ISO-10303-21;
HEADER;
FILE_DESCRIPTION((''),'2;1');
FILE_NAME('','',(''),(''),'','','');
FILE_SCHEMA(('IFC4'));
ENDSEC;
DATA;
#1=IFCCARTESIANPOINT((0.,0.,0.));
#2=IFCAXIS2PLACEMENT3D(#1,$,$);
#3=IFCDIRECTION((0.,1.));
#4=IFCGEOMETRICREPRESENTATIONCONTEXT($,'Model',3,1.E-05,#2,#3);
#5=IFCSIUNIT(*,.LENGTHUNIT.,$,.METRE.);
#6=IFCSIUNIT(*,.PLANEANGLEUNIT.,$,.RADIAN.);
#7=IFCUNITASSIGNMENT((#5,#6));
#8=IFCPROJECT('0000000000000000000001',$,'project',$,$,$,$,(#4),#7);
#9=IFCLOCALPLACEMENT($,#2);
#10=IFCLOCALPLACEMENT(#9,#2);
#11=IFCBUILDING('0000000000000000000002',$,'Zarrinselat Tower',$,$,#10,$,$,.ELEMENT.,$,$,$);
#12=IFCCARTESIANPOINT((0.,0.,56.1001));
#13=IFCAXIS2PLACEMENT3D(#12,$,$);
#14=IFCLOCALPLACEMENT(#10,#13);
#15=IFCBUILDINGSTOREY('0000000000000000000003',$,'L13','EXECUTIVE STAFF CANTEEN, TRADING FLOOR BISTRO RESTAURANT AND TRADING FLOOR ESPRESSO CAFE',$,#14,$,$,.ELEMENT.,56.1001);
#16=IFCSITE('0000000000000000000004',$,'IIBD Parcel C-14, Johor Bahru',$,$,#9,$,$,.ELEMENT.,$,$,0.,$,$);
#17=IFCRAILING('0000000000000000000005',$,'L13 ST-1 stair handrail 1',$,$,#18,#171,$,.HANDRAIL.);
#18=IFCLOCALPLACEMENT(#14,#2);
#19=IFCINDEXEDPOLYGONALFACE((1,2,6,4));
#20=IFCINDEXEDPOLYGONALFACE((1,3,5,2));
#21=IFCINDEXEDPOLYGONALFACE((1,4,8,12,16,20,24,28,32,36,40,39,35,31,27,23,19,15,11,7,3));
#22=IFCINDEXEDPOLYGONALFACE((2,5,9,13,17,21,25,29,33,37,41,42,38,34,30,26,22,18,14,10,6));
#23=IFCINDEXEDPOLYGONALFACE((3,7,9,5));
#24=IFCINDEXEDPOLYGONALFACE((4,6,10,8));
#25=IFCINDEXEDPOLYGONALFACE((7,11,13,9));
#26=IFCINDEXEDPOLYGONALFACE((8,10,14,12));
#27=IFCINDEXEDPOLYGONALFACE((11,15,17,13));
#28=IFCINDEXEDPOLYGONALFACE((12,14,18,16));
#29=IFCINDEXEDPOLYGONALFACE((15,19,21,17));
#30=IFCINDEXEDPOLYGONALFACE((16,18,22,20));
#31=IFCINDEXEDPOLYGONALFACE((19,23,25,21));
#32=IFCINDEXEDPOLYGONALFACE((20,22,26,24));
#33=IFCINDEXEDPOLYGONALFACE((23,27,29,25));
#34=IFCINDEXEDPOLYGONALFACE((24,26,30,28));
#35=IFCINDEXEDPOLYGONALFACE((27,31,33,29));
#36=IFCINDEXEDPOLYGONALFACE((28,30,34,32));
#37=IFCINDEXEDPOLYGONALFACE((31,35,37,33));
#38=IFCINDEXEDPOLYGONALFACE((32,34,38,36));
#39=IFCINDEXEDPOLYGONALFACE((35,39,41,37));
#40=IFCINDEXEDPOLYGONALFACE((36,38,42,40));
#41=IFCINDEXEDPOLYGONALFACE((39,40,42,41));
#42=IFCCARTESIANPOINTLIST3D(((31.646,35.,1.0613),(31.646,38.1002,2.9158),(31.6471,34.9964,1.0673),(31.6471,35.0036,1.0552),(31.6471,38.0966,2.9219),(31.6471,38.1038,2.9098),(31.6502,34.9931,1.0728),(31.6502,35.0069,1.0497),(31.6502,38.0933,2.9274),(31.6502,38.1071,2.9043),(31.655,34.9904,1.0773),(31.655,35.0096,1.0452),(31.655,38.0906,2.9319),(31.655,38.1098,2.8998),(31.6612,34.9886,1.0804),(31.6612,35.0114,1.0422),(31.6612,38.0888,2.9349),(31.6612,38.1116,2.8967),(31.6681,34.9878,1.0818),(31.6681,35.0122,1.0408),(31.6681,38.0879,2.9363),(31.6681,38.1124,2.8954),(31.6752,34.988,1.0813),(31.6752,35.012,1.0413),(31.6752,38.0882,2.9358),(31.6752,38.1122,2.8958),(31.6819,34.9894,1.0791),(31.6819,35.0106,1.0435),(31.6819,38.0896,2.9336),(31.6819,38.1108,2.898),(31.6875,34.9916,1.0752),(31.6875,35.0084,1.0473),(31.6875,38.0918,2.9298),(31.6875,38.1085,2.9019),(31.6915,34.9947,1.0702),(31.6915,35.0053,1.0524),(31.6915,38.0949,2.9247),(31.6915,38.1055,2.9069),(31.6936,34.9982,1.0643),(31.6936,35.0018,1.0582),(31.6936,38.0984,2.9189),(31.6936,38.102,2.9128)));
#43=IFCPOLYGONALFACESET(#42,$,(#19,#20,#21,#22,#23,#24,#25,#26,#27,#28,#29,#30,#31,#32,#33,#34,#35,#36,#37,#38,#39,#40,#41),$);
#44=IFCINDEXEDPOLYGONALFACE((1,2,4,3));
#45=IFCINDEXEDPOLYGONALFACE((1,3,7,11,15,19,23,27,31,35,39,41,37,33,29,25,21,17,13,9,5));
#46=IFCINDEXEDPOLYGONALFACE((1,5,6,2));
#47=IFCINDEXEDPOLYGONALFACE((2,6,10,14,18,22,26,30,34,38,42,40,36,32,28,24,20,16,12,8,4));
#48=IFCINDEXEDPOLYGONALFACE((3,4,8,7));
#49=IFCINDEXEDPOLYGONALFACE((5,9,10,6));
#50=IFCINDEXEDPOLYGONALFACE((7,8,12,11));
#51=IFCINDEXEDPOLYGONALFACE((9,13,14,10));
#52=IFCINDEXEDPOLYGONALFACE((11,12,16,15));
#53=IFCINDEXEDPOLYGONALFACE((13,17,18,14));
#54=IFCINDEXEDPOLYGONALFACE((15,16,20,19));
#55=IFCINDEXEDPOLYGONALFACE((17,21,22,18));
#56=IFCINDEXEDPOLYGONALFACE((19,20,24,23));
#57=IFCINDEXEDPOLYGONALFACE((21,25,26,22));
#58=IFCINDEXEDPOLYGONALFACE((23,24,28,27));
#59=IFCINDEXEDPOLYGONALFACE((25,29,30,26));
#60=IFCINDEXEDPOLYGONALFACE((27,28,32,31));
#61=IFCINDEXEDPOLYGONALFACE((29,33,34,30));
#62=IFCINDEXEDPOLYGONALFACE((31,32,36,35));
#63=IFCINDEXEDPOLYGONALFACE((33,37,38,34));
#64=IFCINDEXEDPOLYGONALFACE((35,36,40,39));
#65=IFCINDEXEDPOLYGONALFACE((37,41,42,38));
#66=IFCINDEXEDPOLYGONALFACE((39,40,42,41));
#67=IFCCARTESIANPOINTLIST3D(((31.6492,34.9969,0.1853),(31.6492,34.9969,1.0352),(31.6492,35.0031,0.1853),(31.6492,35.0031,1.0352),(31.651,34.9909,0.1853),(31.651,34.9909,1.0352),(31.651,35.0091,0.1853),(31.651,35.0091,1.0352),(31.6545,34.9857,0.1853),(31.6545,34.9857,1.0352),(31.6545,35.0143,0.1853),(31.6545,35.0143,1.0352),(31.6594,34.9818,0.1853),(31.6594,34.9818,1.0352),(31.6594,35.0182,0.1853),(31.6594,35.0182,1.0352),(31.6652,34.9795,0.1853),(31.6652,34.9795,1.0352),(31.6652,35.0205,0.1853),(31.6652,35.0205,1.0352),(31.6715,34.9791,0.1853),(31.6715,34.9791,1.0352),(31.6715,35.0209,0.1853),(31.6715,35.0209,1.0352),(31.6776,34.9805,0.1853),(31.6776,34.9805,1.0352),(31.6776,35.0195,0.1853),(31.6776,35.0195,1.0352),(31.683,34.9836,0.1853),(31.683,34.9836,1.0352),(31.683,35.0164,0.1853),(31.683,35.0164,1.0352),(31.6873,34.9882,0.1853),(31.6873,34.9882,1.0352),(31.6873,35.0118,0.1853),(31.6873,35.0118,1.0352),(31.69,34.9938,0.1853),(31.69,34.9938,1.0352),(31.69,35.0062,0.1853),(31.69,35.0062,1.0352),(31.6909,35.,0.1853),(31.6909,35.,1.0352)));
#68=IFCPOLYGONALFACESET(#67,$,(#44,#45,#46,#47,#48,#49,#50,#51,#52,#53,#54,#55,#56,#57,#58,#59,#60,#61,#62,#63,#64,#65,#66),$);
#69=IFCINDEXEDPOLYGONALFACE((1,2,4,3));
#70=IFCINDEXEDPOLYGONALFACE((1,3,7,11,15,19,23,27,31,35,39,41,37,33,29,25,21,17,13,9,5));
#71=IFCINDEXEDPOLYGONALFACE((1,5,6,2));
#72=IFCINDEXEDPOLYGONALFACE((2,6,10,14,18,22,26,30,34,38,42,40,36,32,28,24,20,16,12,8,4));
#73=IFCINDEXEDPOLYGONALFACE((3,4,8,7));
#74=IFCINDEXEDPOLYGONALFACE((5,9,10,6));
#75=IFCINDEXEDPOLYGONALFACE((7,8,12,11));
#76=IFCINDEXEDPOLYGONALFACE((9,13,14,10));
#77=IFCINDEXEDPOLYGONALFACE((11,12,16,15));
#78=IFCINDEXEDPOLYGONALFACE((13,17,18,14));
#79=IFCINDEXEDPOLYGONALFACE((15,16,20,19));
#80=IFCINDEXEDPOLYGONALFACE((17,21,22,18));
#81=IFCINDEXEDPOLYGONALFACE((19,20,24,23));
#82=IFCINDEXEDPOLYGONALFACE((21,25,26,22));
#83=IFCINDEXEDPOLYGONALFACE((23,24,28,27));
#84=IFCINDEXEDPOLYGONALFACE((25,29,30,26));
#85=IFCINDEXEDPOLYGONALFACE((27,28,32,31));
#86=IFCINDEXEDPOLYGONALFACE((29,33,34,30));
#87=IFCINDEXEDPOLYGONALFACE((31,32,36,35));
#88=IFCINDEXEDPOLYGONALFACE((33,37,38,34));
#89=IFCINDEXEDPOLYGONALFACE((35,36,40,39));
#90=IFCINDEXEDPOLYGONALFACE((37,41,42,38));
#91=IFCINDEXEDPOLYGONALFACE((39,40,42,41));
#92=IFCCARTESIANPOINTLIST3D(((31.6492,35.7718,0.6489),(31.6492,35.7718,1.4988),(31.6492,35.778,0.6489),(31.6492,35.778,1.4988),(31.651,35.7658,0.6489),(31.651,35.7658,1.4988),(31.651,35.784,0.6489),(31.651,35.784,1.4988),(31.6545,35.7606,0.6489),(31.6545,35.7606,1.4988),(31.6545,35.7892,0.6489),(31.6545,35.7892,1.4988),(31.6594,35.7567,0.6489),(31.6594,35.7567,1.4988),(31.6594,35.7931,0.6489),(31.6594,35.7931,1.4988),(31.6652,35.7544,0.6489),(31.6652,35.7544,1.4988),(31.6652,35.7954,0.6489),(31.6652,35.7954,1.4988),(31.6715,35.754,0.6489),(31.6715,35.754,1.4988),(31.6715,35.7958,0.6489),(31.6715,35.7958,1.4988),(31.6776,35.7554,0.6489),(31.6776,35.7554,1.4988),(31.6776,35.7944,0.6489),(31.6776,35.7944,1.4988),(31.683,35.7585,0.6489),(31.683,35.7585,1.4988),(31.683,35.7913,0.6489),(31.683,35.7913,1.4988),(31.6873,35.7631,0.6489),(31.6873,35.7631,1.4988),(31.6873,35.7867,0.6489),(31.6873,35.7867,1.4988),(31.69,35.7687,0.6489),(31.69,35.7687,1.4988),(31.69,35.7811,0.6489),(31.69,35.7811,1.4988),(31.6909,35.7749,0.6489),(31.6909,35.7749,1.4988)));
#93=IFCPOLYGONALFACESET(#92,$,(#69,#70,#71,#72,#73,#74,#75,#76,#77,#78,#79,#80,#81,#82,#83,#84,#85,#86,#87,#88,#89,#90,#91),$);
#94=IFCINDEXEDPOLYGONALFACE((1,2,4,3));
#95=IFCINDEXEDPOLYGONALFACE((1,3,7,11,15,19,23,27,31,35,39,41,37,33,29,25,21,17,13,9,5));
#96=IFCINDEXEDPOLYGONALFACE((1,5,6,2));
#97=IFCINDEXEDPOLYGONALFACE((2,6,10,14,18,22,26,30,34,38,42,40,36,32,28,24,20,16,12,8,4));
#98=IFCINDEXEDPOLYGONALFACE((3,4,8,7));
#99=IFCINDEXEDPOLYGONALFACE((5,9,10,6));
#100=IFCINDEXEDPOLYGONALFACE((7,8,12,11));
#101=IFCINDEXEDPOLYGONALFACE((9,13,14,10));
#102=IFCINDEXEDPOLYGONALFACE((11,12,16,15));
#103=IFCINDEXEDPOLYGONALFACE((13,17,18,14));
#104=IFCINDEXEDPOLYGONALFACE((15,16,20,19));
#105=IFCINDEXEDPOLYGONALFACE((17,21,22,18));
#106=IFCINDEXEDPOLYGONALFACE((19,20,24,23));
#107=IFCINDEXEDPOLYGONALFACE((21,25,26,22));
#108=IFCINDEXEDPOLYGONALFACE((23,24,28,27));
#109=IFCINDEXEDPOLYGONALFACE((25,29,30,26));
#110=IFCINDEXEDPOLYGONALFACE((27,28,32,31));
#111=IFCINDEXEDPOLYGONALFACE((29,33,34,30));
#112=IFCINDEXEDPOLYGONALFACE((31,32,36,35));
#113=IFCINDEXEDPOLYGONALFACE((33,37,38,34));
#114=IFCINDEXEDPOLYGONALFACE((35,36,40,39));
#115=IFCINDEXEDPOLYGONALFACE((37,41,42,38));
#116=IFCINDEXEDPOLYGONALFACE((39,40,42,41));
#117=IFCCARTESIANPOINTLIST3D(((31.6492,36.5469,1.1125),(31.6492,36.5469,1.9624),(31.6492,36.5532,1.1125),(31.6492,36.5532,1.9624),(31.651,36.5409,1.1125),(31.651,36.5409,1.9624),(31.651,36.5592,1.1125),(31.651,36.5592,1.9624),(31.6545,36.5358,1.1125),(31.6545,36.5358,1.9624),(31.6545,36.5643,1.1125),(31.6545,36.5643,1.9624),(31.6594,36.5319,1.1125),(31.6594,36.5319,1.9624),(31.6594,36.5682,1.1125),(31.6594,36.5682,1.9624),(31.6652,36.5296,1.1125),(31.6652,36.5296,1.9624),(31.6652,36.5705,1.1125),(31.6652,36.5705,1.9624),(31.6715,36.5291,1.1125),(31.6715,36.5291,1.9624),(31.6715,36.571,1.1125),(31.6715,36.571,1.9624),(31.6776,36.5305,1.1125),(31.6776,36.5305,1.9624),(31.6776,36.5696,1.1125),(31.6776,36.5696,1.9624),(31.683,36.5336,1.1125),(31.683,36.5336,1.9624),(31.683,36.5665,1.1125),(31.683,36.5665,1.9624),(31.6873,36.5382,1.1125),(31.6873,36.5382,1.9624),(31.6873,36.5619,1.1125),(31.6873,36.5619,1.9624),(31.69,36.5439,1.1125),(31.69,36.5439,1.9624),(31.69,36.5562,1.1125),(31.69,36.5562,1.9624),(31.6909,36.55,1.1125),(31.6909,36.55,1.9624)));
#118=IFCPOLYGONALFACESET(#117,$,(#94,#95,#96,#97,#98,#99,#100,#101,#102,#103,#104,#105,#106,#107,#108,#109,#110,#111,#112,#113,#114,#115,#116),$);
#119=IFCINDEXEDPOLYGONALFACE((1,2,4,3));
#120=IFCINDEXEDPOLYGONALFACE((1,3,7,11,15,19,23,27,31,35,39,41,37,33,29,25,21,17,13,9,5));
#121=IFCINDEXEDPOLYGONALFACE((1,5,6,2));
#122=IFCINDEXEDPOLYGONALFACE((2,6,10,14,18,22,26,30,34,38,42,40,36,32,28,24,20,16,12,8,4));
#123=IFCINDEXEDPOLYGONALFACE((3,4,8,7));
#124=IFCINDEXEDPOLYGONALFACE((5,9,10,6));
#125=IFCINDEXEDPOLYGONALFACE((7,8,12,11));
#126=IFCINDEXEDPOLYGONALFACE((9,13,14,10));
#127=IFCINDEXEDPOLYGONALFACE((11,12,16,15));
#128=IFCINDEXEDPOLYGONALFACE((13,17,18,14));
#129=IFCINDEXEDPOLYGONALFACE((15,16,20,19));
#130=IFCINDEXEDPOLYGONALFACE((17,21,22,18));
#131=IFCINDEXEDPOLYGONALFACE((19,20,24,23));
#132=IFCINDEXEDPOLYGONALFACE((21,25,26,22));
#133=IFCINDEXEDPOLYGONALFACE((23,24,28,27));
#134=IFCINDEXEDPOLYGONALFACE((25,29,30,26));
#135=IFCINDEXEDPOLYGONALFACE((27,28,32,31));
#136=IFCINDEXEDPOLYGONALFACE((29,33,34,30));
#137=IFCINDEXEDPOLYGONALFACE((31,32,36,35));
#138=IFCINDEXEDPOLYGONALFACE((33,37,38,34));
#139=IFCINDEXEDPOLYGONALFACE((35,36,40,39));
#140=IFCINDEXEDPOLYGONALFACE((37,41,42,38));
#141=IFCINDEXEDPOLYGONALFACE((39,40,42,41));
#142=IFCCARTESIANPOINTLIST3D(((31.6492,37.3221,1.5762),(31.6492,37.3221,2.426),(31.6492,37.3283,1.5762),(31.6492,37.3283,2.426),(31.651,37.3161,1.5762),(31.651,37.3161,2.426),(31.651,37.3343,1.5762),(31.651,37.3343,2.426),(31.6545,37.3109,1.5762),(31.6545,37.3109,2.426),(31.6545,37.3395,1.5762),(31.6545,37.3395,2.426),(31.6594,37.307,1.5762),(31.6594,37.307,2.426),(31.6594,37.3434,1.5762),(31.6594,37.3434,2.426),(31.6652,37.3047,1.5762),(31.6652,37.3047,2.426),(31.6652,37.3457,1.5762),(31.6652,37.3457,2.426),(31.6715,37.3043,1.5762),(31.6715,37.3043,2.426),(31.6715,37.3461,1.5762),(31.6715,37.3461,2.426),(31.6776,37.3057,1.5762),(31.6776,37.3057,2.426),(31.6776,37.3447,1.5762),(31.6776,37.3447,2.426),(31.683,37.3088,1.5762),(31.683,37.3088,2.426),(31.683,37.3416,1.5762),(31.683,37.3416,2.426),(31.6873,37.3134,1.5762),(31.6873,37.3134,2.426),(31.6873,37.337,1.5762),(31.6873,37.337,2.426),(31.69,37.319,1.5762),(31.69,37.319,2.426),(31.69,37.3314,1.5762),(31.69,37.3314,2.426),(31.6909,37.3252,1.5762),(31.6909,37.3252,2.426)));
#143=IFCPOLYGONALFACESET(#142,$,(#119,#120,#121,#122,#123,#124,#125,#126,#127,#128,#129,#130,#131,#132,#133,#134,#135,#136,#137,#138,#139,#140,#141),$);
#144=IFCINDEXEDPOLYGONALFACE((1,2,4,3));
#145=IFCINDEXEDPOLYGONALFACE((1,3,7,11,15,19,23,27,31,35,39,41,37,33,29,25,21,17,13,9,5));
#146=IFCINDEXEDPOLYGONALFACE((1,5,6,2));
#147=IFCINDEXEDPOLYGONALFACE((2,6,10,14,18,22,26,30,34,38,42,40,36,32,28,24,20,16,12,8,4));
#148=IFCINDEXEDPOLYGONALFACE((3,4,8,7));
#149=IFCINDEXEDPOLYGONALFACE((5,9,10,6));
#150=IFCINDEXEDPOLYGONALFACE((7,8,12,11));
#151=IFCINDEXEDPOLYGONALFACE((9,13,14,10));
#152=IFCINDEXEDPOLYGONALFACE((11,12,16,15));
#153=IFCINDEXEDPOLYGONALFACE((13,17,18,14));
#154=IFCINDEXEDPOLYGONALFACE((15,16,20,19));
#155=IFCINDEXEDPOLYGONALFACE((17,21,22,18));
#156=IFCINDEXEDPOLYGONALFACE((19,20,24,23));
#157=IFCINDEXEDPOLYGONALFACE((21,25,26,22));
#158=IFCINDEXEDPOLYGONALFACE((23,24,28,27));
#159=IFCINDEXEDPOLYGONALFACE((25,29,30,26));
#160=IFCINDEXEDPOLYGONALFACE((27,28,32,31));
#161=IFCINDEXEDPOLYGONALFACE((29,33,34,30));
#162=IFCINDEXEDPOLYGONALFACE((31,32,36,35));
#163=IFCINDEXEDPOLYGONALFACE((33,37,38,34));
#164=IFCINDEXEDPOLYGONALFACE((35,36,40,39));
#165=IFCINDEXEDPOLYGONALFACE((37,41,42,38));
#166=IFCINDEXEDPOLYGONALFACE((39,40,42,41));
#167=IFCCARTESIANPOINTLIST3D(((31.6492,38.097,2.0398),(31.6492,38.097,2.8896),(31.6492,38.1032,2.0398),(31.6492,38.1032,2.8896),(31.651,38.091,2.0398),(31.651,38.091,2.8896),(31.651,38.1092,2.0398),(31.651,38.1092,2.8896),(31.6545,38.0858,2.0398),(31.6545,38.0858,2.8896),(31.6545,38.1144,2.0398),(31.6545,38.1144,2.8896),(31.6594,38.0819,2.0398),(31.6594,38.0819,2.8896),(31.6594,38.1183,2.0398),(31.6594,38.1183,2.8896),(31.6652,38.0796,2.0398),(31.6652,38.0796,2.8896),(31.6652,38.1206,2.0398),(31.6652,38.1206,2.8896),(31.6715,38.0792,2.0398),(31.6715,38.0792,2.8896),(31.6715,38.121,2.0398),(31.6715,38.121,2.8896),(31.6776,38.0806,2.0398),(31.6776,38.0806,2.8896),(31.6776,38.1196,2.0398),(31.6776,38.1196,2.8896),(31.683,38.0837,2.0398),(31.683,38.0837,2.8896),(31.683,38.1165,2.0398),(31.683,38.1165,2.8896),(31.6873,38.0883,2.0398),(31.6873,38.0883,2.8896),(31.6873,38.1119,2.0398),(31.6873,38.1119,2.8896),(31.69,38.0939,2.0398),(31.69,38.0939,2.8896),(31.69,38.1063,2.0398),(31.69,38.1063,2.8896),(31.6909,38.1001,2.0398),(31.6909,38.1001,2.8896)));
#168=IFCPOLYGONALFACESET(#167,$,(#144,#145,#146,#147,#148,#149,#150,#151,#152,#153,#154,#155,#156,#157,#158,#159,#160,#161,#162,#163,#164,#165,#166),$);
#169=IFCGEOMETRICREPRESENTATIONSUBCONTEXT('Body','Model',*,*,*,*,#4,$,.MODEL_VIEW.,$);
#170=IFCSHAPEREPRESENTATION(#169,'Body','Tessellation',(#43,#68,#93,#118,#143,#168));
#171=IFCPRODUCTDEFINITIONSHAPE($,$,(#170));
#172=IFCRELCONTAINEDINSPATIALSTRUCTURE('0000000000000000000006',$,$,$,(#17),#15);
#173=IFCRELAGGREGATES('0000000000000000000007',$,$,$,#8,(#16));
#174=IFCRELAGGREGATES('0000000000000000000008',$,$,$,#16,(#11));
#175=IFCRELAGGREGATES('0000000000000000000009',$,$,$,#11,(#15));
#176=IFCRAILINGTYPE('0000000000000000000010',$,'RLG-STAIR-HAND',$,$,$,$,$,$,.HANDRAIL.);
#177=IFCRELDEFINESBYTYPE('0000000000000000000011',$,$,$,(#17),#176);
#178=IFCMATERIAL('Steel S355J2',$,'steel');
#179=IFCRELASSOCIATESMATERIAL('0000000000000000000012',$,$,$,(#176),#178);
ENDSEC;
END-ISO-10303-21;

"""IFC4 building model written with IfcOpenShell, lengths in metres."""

from ifc_helpers import new_model, si_unit, direction, frame, origin, origin_2d, place, context, subcontext, project, spatial, circle, extrude, material, type_object, element, save


model = new_model("IFC4")

# Units and contexts
model_context = context("Model", 3, precision=1e-05, world=origin(), true_north=direction((0.0, 1.0)))
body_context = subcontext(model_context, "Body", "Model", "MODEL_VIEW")
ifc_project = project(units=[si_unit("LENGTHUNIT", "METRE"), si_unit("PLANEANGLEUNIT", "RADIAN")], contexts=[model_context])

# Site, building, storey
site_placement = place(None, origin())
site = spatial("IfcSite", under=ifc_project, at=site_placement, Name="IIBD Parcel C-14, Johor Bahru", CompositionType="ELEMENT", RefElevation=0.0)
building_placement = place(site_placement, origin())
building = spatial("IfcBuilding", under=site, at=building_placement, Name="Zarrinselat Tower", CompositionType="ELEMENT")
storey_placement = place(building_placement, frame((0.0, 0.0, 56.1001)))
storey = spatial("IfcBuildingStorey", under=building, at=storey_placement, Name="L13", Description="EXECUTIVE STAFF CANTEEN, TRADING FLOOR BISTRO RESTAURANT AND TRADING FLOOR ESPRESSO CAFE", CompositionType="ELEMENT", Elevation=56.1001)

# Railing
ifc_material_1 = material(Name="Steel S355J2", Category="steel")
railing_type_1 = type_object("IfcRailingType", Name="RLG-STAIR-HAND", PredefinedType="HANDRAIL", material=ifc_material_1)
railing_1_placement = place(storey_placement, frame((31.6699, 35.0, 0.1853)))
element("IfcRailing", 1, at=railing_1_placement, inside=storey, type_object=railing_type_1, Name="L13 ST-1 stair handrail 1", PredefinedType="HANDRAIL", context=body_context, shape_type="SweptSolid", body=[
    extrude(circle(Radius=0.0239, at=origin_2d()), frame((0.0, 0.0, 0.876), z_axis=(0.0, 0.858172, 0.513362), x_axis=(-1.0, 0.0, 0.0)), (0.0, 0.0, 1.0), 3.6125),
    extrude(circle(Radius=0.021, at=origin_2d()), origin(), (0.0, 0.0, 1.0), 0.8499),
    extrude(circle(Radius=0.021, at=origin_2d()), frame((0.0, 0.7749, 0.4636)), (0.0, 0.0, 1.0), 0.8499),
    extrude(circle(Radius=0.021, at=origin_2d()), frame((0.0, 1.55, 0.9272)), (0.0, 0.0, 1.0), 0.8499),
    extrude(circle(Radius=0.021, at=origin_2d()), frame((0.0, 2.3252, 1.3909)), (0.0, 0.0, 1.0), 0.8499),
    extrude(circle(Radius=0.021, at=origin_2d()), frame((0.0, 3.1001, 1.8545)), (0.0, 0.0, 1.0), 0.8499),
])

save(model, "model.ifc")
